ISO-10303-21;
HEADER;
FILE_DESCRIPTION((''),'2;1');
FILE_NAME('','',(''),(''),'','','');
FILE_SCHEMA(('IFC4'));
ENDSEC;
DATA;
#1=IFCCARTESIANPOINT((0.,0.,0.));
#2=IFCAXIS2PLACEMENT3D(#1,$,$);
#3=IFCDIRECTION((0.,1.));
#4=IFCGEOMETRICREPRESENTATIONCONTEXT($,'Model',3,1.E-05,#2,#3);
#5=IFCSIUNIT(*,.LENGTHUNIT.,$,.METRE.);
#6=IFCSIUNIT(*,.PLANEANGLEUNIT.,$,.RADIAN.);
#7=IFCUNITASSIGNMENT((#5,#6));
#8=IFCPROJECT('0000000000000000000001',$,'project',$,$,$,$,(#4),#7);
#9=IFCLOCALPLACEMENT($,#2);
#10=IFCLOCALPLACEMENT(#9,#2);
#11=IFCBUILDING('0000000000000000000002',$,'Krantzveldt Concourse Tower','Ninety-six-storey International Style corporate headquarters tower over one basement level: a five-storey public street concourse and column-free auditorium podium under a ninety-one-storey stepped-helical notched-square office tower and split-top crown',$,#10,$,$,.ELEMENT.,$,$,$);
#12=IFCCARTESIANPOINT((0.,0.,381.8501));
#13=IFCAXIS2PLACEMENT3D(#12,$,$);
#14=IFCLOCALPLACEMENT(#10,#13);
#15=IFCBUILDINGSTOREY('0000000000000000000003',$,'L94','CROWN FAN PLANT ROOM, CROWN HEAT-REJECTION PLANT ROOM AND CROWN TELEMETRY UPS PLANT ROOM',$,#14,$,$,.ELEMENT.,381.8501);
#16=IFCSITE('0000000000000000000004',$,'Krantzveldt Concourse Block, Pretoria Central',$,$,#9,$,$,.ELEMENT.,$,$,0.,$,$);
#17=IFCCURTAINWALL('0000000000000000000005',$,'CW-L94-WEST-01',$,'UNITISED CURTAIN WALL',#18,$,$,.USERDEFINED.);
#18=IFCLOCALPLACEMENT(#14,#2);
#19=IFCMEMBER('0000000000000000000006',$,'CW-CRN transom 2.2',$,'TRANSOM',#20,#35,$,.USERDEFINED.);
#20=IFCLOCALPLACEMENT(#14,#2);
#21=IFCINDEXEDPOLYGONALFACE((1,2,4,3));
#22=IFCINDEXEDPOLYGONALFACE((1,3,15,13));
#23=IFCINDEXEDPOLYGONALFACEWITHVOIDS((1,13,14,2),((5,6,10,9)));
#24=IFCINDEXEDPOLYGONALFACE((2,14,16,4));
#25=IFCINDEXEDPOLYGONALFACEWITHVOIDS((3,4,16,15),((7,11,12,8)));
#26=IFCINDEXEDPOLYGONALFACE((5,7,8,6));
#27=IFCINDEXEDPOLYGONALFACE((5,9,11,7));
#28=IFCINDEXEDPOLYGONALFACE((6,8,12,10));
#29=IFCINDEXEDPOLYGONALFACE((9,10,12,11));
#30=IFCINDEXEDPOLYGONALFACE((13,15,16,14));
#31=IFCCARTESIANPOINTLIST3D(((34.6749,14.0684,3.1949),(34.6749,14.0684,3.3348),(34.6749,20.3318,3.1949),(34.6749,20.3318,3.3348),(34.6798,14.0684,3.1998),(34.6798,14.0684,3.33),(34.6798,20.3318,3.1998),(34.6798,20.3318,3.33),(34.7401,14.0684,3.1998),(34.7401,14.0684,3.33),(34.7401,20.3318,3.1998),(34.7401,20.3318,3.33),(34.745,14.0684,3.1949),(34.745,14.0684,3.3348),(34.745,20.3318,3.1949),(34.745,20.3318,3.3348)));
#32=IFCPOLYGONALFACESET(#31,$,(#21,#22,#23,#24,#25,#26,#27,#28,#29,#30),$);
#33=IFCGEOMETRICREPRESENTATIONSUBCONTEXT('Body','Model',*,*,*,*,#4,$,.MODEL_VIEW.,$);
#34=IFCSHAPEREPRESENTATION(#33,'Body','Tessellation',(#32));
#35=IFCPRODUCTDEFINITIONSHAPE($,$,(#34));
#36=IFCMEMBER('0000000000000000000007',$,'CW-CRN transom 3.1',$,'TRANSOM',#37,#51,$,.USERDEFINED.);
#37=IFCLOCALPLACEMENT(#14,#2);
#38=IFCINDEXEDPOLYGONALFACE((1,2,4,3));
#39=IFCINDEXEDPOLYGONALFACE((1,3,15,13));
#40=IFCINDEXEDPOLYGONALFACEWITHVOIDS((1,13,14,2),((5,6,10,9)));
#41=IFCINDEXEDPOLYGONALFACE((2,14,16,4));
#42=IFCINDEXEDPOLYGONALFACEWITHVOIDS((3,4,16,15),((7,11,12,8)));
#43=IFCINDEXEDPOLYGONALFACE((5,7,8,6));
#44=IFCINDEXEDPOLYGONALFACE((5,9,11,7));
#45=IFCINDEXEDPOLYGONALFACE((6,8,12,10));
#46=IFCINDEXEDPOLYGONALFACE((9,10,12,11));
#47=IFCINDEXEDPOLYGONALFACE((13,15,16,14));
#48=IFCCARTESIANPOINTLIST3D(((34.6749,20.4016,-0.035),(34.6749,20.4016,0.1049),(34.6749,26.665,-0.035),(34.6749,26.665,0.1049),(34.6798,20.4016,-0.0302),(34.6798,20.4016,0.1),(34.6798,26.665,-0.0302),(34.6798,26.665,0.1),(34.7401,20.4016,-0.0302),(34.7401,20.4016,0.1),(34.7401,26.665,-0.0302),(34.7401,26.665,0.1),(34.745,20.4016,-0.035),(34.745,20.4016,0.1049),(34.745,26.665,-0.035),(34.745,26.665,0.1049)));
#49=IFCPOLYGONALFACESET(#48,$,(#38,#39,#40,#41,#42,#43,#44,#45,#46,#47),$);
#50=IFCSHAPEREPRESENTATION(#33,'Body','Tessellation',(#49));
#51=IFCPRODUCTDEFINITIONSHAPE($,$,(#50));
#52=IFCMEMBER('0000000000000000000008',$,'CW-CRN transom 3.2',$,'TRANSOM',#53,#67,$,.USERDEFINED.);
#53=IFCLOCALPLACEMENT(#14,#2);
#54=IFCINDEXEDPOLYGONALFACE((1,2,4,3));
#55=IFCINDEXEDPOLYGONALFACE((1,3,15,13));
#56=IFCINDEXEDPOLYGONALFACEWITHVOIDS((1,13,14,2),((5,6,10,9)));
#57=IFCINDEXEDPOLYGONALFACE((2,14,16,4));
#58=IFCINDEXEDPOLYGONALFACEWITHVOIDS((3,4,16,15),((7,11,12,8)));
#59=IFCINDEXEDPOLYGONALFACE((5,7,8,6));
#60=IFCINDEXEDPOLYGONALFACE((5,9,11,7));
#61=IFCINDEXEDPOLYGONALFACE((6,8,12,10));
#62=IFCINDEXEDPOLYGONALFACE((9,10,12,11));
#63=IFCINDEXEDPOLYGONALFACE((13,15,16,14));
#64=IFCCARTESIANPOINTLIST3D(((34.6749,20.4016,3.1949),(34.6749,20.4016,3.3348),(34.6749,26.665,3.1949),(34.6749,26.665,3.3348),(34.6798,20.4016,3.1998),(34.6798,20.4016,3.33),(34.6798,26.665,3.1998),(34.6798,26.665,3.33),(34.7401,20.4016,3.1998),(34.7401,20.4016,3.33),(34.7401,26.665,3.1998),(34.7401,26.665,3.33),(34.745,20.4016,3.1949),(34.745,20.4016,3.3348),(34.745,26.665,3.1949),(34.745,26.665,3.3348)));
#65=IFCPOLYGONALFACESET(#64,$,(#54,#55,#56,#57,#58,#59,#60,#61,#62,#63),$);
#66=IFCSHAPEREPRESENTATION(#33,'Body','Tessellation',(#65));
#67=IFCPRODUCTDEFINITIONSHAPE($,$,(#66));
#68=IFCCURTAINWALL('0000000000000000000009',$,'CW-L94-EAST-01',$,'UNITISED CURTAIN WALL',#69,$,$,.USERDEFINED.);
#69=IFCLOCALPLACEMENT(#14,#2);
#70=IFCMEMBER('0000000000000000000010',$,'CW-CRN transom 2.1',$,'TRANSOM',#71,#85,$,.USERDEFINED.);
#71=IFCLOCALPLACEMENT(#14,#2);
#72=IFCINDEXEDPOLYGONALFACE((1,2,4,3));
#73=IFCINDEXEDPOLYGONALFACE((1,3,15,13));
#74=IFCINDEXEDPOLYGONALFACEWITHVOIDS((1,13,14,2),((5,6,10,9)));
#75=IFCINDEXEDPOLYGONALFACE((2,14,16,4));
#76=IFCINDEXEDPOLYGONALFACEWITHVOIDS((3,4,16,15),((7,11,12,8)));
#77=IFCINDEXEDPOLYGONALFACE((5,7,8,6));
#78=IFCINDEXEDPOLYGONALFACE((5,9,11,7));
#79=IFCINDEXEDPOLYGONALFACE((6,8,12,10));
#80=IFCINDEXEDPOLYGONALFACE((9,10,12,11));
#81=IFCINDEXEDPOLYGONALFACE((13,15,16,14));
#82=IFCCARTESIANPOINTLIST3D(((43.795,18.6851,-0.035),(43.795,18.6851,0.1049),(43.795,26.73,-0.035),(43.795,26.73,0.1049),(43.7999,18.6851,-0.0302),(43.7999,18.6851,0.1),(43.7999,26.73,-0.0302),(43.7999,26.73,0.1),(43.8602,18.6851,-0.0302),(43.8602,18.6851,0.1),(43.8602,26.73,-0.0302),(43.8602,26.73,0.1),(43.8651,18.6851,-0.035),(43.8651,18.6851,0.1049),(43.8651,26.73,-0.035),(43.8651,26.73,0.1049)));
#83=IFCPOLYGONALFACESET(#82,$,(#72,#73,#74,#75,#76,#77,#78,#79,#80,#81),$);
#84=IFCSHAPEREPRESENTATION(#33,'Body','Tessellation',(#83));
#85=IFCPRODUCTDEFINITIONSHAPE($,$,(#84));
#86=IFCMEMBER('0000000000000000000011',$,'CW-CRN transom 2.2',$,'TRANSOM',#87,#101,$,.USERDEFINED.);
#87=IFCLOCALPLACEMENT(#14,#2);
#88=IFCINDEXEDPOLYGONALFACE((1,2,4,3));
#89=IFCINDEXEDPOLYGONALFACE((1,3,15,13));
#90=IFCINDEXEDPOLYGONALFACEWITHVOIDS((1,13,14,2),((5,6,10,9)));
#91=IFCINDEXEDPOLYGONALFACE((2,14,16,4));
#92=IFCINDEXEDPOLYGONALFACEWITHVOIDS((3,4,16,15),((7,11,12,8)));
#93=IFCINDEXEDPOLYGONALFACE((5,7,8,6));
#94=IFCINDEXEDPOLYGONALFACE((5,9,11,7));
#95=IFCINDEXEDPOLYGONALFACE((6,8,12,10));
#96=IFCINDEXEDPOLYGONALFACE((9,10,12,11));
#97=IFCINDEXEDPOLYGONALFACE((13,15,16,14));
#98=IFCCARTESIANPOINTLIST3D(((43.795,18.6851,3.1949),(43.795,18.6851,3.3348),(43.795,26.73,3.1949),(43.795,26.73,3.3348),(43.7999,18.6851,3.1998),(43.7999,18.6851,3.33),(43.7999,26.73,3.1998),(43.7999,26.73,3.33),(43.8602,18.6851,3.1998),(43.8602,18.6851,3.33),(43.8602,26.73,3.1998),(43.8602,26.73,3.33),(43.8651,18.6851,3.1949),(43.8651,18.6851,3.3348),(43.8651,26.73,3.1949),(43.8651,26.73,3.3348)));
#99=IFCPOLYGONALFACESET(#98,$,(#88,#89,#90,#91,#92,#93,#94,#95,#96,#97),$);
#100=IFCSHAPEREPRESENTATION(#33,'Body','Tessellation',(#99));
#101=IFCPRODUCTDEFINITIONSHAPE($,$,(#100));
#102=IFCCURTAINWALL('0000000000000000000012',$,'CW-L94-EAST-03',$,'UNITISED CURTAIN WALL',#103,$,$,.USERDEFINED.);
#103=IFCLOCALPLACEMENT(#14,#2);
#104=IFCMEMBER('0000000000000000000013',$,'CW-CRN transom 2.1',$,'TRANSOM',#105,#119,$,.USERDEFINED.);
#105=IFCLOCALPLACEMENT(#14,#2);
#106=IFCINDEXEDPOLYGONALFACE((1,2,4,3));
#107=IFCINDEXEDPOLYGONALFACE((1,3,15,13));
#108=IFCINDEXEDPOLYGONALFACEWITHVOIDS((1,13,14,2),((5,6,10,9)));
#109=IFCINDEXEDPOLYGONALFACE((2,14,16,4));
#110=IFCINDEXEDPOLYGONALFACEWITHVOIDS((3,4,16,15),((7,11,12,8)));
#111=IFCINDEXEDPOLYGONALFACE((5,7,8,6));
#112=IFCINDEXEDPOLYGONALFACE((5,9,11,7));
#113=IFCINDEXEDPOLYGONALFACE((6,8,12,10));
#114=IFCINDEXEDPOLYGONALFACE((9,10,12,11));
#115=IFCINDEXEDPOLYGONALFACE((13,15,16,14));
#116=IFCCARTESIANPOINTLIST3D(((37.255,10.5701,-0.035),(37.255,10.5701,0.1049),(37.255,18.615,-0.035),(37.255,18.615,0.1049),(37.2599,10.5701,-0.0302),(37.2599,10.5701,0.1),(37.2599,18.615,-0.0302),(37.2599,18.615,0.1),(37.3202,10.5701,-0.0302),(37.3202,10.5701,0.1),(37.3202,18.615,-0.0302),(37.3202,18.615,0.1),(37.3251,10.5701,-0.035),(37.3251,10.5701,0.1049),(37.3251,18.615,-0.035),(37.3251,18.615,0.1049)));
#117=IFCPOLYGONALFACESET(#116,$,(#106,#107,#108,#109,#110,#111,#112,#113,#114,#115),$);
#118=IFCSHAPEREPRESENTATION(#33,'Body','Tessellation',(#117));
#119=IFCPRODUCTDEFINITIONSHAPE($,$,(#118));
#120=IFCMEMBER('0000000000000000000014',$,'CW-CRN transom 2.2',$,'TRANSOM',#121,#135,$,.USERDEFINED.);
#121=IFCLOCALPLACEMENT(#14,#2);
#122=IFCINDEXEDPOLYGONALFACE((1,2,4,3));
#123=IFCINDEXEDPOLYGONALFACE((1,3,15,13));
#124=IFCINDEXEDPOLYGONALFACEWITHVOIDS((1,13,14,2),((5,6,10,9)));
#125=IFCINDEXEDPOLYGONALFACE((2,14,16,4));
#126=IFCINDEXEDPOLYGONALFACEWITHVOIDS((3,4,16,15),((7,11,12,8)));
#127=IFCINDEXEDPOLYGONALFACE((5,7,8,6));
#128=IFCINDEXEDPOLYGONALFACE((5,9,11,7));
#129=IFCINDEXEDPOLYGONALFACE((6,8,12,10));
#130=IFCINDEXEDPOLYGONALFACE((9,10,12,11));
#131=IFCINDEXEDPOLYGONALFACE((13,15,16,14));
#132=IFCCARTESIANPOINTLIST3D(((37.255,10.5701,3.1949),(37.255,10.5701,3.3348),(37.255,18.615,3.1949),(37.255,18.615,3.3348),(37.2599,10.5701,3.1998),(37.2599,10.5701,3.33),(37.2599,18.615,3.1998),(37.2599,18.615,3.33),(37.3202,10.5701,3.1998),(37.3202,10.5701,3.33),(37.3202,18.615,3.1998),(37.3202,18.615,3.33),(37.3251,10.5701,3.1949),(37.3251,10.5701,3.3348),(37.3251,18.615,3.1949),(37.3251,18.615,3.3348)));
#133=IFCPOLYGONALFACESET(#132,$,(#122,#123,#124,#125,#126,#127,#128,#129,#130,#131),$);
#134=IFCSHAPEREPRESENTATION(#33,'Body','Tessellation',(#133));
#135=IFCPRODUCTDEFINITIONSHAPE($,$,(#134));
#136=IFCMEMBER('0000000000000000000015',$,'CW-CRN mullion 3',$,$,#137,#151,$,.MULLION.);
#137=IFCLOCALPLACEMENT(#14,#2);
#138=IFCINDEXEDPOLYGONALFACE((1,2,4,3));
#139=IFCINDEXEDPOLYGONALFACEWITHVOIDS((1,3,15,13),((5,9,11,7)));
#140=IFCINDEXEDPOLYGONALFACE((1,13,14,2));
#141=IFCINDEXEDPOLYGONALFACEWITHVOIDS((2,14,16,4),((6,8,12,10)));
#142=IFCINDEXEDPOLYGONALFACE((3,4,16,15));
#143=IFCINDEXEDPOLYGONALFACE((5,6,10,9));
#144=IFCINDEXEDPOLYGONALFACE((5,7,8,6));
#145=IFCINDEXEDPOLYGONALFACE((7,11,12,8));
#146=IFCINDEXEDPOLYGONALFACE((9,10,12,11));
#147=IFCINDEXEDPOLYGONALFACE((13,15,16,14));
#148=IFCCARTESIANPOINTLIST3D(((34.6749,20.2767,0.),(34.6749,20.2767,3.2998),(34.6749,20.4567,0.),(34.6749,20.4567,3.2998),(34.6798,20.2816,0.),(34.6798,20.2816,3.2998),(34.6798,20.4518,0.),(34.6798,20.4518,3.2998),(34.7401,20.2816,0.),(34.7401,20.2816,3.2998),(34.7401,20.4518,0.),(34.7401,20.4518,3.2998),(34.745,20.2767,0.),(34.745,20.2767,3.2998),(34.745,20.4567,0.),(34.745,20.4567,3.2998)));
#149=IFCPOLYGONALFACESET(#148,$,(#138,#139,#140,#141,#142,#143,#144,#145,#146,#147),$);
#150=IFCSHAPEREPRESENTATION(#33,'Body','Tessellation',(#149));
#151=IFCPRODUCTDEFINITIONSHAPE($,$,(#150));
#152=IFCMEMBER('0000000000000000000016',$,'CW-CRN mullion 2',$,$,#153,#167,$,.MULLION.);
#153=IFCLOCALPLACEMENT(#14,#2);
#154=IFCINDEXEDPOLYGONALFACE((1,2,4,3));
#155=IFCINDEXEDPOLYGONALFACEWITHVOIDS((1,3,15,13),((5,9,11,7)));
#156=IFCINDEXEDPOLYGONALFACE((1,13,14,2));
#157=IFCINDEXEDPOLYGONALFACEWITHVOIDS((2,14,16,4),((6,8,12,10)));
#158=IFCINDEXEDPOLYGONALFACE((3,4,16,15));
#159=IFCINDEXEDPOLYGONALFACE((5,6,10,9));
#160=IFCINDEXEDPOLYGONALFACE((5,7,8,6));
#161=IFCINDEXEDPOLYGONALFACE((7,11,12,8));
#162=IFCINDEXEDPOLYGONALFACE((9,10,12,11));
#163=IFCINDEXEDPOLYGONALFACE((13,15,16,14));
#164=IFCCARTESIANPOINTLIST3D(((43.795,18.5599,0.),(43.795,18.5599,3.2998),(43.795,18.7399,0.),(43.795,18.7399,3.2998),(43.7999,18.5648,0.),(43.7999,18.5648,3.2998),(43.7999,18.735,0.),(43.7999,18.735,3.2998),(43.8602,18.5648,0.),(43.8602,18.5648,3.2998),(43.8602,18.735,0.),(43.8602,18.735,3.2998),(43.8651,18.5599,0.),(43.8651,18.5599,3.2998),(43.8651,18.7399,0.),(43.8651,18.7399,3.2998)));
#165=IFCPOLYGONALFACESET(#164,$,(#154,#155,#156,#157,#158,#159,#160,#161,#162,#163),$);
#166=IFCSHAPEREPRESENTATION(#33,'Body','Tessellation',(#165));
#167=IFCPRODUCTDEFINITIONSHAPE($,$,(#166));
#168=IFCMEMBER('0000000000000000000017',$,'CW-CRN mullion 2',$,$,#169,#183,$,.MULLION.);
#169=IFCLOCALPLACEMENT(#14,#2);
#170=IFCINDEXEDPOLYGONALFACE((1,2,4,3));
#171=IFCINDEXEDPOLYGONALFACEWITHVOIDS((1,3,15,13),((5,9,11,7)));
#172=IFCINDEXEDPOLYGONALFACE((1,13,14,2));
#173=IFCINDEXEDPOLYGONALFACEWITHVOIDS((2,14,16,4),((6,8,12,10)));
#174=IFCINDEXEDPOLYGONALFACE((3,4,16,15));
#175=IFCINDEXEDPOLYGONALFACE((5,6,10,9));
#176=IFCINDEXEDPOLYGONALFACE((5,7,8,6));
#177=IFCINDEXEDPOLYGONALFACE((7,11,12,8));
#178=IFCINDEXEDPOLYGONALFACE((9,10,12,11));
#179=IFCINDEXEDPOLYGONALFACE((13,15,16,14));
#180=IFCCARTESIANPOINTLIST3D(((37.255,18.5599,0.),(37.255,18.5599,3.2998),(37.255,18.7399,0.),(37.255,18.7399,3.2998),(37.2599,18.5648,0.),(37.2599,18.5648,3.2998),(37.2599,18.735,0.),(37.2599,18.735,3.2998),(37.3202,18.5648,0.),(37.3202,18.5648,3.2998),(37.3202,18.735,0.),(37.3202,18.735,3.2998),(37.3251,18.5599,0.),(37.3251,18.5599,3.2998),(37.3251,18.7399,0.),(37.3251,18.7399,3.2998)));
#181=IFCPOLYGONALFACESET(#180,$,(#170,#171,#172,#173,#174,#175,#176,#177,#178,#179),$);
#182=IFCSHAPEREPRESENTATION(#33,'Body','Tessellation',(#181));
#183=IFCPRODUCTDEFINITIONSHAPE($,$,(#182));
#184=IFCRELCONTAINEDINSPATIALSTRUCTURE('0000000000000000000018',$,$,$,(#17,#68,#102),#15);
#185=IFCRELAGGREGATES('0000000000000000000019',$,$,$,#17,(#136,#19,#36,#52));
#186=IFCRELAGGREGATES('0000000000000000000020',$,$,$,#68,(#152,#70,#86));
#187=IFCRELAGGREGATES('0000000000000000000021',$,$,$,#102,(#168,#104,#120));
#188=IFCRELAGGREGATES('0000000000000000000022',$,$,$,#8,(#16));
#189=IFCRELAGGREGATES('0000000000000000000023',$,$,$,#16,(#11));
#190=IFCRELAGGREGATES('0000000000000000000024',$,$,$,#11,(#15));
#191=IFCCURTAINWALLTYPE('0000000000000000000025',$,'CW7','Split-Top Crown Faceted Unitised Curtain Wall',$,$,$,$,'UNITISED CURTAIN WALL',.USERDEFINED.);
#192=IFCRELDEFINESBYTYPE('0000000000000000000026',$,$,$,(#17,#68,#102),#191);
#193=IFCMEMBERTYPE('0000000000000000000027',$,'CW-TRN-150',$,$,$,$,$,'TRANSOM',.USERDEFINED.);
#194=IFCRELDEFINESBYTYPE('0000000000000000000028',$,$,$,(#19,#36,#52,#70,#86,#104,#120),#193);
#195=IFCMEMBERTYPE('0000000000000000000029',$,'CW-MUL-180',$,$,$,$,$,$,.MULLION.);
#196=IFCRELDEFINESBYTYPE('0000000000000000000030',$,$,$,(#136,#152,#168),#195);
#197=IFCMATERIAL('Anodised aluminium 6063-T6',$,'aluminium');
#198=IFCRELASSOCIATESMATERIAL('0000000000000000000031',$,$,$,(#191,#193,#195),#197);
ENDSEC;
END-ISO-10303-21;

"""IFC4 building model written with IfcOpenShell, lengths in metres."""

from ifc_helpers import new_model, si_unit, direction, frame, origin, origin_2d, place, context, subcontext, project, spatial, hollow_rectangle, extrude, source, transform, mapped, material, material_profile, profile_set, type_object, type_shapes, element, aggregate, save


model = new_model("IFC4")

# Units and contexts
model_context = context("Model", 3, precision=1e-05, world=origin(), true_north=direction((0.0, 1.0)))
body_context = subcontext(model_context, "Body", "Model", "MODEL_VIEW")
ifc_project = project(units=[si_unit("LENGTHUNIT", "METRE"), si_unit("PLANEANGLEUNIT", "RADIAN")], contexts=[model_context])

# Site, building, storey
site_placement = place(None, origin())
site = spatial("IfcSite", under=ifc_project, at=site_placement, Name="Krantzveldt Concourse Block, Pretoria Central", CompositionType="ELEMENT", RefElevation=0.0)
building_placement = place(site_placement, origin())
building = spatial("IfcBuilding", under=site, at=building_placement, Name="Krantzveldt Concourse Tower", Description="Ninety-six-storey International Style corporate headquarters tower over one basement level: a five-storey public street concourse and column-free auditorium podium under a ninety-one-storey stepped-helical notched-square office tower and split-top crown", CompositionType="ELEMENT")
storey_placement = place(building_placement, frame((0.0, 0.0, 381.8501)))
storey = spatial("IfcBuildingStorey", under=building, at=storey_placement, Name="L94", Description="CROWN FAN PLANT ROOM, CROWN HEAT-REJECTION PLANT ROOM AND CROWN TELEMETRY UPS PLANT ROOM", CompositionType="ELEMENT", Elevation=381.8501)

# Curtain walls, members
ifc_material_1 = material(Name="Anodised aluminium 6063-T6", Category="aluminium")
curtain_wall_type = type_object("IfcCurtainWallType", Name="CW7", Description="Split-Top Crown Faceted Unitised Curtain Wall", ElementType="UNITISED CURTAIN WALL", PredefinedType="USERDEFINED", material=ifc_material_1)
curtain_wall_1_placement = place(storey_placement, origin())
curtain_wall_1 = element("IfcCurtainWall", 1, at=curtain_wall_1_placement, inside=storey, type_object=curtain_wall_type, Name="CW-L94-WEST-01", ObjectType="UNITISED CURTAIN WALL", PredefinedType="USERDEFINED")
ifc_material_profile_1 = material_profile(ifc_material_1, hollow_rectangle(XDim=0.0701, YDim=0.1399, WallThickness=0.0049, at=origin_2d()), Name="Anodised aluminium 6063-T6", Category="aluminium")
ifc_profile_set_1 = profile_set([ifc_material_profile_1], Name="Anodised aluminium 6063-T6 - ALU-TRAN 140x70x5")
member_type_1 = type_object("IfcMemberType", Name="CW-TRN-150", ElementType="TRANSOM", PredefinedType="USERDEFINED", material=ifc_profile_set_1)
shared_shape_1 = source(origin(), body_context, "Body", "SweptSolid", [
    extrude(hollow_rectangle(XDim=0.0701, YDim=0.1399, WallThickness=0.0049, at=origin_2d()), origin(), (0.0, 0.0, 1.0), 6.2634),
])
member_1_placement = place(storey_placement, frame((34.71, 14.0684, 3.2649), z_axis=(0.0, 1.0, 0.0), x_axis=(-1.0, 0.0, 0.0)))
member_1 = element("IfcMember", 2, at=member_1_placement, type_object=member_type_1, Name="CW-CRN transom 2.2", ObjectType="TRANSOM", PredefinedType="USERDEFINED", context=body_context, shape_type="MappedRepresentation", body=[
    mapped(shared_shape_1, transform((0.0, 0.0, 0.0), x_axis=(1.0, 0.0, 0.0), y_axis=(0.0, 1.0, 0.0), z_axis=(0.0, 0.0, 1.0), scale=1.0)),
])
member_2_placement = place(storey_placement, frame((34.71, 20.4016, 0.0349), z_axis=(0.0, 1.0, 0.0), x_axis=(-1.0, 0.0, 0.0)))
member_2 = element("IfcMember", 3, at=member_2_placement, type_object=member_type_1, Name="CW-CRN transom 3.1", ObjectType="TRANSOM", PredefinedType="USERDEFINED", context=body_context, shape_type="MappedRepresentation", body=[
    mapped(shared_shape_1, transform((0.0, 0.0, 0.0), x_axis=(1.0, 0.0, 0.0), y_axis=(0.0, 1.0, 0.0), z_axis=(0.0, 0.0, 1.0), scale=1.0)),
])
member_3_placement = place(storey_placement, frame((34.71, 20.4016, 3.2649), z_axis=(0.0, 1.0, 0.0), x_axis=(-1.0, 0.0, 0.0)))
member_3 = element("IfcMember", 4, at=member_3_placement, type_object=member_type_1, Name="CW-CRN transom 3.2", ObjectType="TRANSOM", PredefinedType="USERDEFINED", context=body_context, shape_type="MappedRepresentation", body=[
    mapped(shared_shape_1, transform((0.0, 0.0, 0.0), x_axis=(1.0, 0.0, 0.0), y_axis=(0.0, 1.0, 0.0), z_axis=(0.0, 0.0, 1.0), scale=1.0)),
])
curtain_wall_2_placement = place(storey_placement, origin())
curtain_wall_2 = element("IfcCurtainWall", 5, at=curtain_wall_2_placement, inside=storey, type_object=curtain_wall_type, Name="CW-L94-EAST-01", ObjectType="UNITISED CURTAIN WALL", PredefinedType="USERDEFINED")
shared_shape_2 = source(origin(), body_context, "Body", "SweptSolid", [
    extrude(hollow_rectangle(XDim=0.0701, YDim=0.1399, WallThickness=0.0049, at=origin_2d()), origin(), (0.0, 0.0, 1.0), 8.0449),
])
type_shapes(member_type_1, [shared_shape_1, shared_shape_2])
member_4_placement = place(storey_placement, frame((43.8301, 18.6851, 0.0349), z_axis=(0.0, 1.0, 0.0), x_axis=(-1.0, 0.0, 0.0)))
member_4 = element("IfcMember", 6, at=member_4_placement, type_object=member_type_1, Name="CW-CRN transom 2.1", ObjectType="TRANSOM", PredefinedType="USERDEFINED", context=body_context, shape_type="MappedRepresentation", body=[
    mapped(shared_shape_2, transform((0.0, 0.0, 0.0), x_axis=(1.0, 0.0, 0.0), y_axis=(0.0, 1.0, 0.0), z_axis=(0.0, 0.0, 1.0), scale=1.0)),
])
member_5_placement = place(storey_placement, frame((43.8301, 18.6851, 3.2649), z_axis=(0.0, 1.0, 0.0), x_axis=(-1.0, 0.0, 0.0)))
member_5 = element("IfcMember", 7, at=member_5_placement, type_object=member_type_1, Name="CW-CRN transom 2.2", ObjectType="TRANSOM", PredefinedType="USERDEFINED", context=body_context, shape_type="MappedRepresentation", body=[
    mapped(shared_shape_2, transform((0.0, 0.0, 0.0), x_axis=(1.0, 0.0, 0.0), y_axis=(0.0, 1.0, 0.0), z_axis=(0.0, 0.0, 1.0), scale=1.0)),
])
curtain_wall_3_placement = place(storey_placement, origin())
curtain_wall_3 = element("IfcCurtainWall", 8, at=curtain_wall_3_placement, inside=storey, type_object=curtain_wall_type, Name="CW-L94-EAST-03", ObjectType="UNITISED CURTAIN WALL", PredefinedType="USERDEFINED")
member_6_placement = place(storey_placement, frame((37.29, 18.615, 0.0349), z_axis=(0.0, -1.0, 0.0), x_axis=(1.0, 0.0, 0.0)))
member_6 = element("IfcMember", 9, at=member_6_placement, type_object=member_type_1, Name="CW-CRN transom 2.1", ObjectType="TRANSOM", PredefinedType="USERDEFINED", context=body_context, shape_type="MappedRepresentation", body=[
    mapped(shared_shape_2, transform((0.0, 0.0, 0.0), x_axis=(1.0, 0.0, 0.0), y_axis=(0.0, 1.0, 0.0), z_axis=(0.0, 0.0, 1.0), scale=1.0)),
])
member_7_placement = place(storey_placement, frame((37.29, 18.615, 3.2649), z_axis=(0.0, -1.0, 0.0), x_axis=(1.0, 0.0, 0.0)))
member_7 = element("IfcMember", 10, at=member_7_placement, type_object=member_type_1, Name="CW-CRN transom 2.2", ObjectType="TRANSOM", PredefinedType="USERDEFINED", context=body_context, shape_type="MappedRepresentation", body=[
    mapped(shared_shape_2, transform((0.0, 0.0, 0.0), x_axis=(1.0, 0.0, 0.0), y_axis=(0.0, 1.0, 0.0), z_axis=(0.0, 0.0, 1.0), scale=1.0)),
])

# Members
ifc_material_profile_2 = material_profile(ifc_material_1, hollow_rectangle(XDim=0.0701, YDim=0.1799, WallThickness=0.0049, at=origin_2d()), Name="Anodised aluminium 6063-T6", Category="aluminium")
ifc_profile_set_2 = profile_set([ifc_material_profile_2], Name="Anodised aluminium 6063-T6 - ALU-MULL 180x70x5")
member_type_2 = type_object("IfcMemberType", Name="CW-MUL-180", PredefinedType="MULLION", material=ifc_profile_set_2)
shared_shape_3 = source(origin(), body_context, "Body", "SweptSolid", [
    extrude(hollow_rectangle(XDim=0.0701, YDim=0.1799, WallThickness=0.0049, at=origin_2d()), origin(), (0.0, 0.0, 1.0), 3.2998),
])
type_shapes(member_type_2, [shared_shape_3])
member_8_placement = place(storey_placement, frame((34.71, 20.3667, 0.0), z_axis=(0.0, 0.0, 1.0), x_axis=(-1.0, 0.0, 0.0)))
member_8 = element("IfcMember", 11, at=member_8_placement, type_object=member_type_2, Name="CW-CRN mullion 3", PredefinedType="MULLION", context=body_context, shape_type="MappedRepresentation", body=[
    mapped(shared_shape_3, transform((0.0, 0.0, 0.0), x_axis=(1.0, 0.0, 0.0), y_axis=(0.0, 1.0, 0.0), z_axis=(0.0, 0.0, 1.0), scale=1.0)),
])
member_9_placement = place(storey_placement, frame((43.8301, 18.6499, 0.0), z_axis=(0.0, 0.0, 1.0), x_axis=(-1.0, 0.0, 0.0)))
member_9 = element("IfcMember", 12, at=member_9_placement, type_object=member_type_2, Name="CW-CRN mullion 2", PredefinedType="MULLION", context=body_context, shape_type="MappedRepresentation", body=[
    mapped(shared_shape_3, transform((0.0, 0.0, 0.0), x_axis=(1.0, 0.0, 0.0), y_axis=(0.0, 1.0, 0.0), z_axis=(0.0, 0.0, 1.0), scale=1.0)),
])
member_10_placement = place(storey_placement, frame((37.29, 18.6499, 0.0), z_axis=(0.0, 0.0, 1.0), x_axis=(1.0, 0.0, 0.0)))
member_10 = element("IfcMember", 13, at=member_10_placement, type_object=member_type_2, Name="CW-CRN mullion 2", PredefinedType="MULLION", context=body_context, shape_type="MappedRepresentation", body=[
    mapped(shared_shape_3, transform((0.0, 0.0, 0.0), x_axis=(1.0, 0.0, 0.0), y_axis=(0.0, 1.0, 0.0), z_axis=(0.0, 0.0, 1.0), scale=1.0)),
])

aggregate(curtain_wall_1, [member_8, member_1, member_2, member_3])
aggregate(curtain_wall_2, [member_9, member_4, member_5])
aggregate(curtain_wall_3, [member_10, member_6, member_7])

save(model, "model.ifc")
